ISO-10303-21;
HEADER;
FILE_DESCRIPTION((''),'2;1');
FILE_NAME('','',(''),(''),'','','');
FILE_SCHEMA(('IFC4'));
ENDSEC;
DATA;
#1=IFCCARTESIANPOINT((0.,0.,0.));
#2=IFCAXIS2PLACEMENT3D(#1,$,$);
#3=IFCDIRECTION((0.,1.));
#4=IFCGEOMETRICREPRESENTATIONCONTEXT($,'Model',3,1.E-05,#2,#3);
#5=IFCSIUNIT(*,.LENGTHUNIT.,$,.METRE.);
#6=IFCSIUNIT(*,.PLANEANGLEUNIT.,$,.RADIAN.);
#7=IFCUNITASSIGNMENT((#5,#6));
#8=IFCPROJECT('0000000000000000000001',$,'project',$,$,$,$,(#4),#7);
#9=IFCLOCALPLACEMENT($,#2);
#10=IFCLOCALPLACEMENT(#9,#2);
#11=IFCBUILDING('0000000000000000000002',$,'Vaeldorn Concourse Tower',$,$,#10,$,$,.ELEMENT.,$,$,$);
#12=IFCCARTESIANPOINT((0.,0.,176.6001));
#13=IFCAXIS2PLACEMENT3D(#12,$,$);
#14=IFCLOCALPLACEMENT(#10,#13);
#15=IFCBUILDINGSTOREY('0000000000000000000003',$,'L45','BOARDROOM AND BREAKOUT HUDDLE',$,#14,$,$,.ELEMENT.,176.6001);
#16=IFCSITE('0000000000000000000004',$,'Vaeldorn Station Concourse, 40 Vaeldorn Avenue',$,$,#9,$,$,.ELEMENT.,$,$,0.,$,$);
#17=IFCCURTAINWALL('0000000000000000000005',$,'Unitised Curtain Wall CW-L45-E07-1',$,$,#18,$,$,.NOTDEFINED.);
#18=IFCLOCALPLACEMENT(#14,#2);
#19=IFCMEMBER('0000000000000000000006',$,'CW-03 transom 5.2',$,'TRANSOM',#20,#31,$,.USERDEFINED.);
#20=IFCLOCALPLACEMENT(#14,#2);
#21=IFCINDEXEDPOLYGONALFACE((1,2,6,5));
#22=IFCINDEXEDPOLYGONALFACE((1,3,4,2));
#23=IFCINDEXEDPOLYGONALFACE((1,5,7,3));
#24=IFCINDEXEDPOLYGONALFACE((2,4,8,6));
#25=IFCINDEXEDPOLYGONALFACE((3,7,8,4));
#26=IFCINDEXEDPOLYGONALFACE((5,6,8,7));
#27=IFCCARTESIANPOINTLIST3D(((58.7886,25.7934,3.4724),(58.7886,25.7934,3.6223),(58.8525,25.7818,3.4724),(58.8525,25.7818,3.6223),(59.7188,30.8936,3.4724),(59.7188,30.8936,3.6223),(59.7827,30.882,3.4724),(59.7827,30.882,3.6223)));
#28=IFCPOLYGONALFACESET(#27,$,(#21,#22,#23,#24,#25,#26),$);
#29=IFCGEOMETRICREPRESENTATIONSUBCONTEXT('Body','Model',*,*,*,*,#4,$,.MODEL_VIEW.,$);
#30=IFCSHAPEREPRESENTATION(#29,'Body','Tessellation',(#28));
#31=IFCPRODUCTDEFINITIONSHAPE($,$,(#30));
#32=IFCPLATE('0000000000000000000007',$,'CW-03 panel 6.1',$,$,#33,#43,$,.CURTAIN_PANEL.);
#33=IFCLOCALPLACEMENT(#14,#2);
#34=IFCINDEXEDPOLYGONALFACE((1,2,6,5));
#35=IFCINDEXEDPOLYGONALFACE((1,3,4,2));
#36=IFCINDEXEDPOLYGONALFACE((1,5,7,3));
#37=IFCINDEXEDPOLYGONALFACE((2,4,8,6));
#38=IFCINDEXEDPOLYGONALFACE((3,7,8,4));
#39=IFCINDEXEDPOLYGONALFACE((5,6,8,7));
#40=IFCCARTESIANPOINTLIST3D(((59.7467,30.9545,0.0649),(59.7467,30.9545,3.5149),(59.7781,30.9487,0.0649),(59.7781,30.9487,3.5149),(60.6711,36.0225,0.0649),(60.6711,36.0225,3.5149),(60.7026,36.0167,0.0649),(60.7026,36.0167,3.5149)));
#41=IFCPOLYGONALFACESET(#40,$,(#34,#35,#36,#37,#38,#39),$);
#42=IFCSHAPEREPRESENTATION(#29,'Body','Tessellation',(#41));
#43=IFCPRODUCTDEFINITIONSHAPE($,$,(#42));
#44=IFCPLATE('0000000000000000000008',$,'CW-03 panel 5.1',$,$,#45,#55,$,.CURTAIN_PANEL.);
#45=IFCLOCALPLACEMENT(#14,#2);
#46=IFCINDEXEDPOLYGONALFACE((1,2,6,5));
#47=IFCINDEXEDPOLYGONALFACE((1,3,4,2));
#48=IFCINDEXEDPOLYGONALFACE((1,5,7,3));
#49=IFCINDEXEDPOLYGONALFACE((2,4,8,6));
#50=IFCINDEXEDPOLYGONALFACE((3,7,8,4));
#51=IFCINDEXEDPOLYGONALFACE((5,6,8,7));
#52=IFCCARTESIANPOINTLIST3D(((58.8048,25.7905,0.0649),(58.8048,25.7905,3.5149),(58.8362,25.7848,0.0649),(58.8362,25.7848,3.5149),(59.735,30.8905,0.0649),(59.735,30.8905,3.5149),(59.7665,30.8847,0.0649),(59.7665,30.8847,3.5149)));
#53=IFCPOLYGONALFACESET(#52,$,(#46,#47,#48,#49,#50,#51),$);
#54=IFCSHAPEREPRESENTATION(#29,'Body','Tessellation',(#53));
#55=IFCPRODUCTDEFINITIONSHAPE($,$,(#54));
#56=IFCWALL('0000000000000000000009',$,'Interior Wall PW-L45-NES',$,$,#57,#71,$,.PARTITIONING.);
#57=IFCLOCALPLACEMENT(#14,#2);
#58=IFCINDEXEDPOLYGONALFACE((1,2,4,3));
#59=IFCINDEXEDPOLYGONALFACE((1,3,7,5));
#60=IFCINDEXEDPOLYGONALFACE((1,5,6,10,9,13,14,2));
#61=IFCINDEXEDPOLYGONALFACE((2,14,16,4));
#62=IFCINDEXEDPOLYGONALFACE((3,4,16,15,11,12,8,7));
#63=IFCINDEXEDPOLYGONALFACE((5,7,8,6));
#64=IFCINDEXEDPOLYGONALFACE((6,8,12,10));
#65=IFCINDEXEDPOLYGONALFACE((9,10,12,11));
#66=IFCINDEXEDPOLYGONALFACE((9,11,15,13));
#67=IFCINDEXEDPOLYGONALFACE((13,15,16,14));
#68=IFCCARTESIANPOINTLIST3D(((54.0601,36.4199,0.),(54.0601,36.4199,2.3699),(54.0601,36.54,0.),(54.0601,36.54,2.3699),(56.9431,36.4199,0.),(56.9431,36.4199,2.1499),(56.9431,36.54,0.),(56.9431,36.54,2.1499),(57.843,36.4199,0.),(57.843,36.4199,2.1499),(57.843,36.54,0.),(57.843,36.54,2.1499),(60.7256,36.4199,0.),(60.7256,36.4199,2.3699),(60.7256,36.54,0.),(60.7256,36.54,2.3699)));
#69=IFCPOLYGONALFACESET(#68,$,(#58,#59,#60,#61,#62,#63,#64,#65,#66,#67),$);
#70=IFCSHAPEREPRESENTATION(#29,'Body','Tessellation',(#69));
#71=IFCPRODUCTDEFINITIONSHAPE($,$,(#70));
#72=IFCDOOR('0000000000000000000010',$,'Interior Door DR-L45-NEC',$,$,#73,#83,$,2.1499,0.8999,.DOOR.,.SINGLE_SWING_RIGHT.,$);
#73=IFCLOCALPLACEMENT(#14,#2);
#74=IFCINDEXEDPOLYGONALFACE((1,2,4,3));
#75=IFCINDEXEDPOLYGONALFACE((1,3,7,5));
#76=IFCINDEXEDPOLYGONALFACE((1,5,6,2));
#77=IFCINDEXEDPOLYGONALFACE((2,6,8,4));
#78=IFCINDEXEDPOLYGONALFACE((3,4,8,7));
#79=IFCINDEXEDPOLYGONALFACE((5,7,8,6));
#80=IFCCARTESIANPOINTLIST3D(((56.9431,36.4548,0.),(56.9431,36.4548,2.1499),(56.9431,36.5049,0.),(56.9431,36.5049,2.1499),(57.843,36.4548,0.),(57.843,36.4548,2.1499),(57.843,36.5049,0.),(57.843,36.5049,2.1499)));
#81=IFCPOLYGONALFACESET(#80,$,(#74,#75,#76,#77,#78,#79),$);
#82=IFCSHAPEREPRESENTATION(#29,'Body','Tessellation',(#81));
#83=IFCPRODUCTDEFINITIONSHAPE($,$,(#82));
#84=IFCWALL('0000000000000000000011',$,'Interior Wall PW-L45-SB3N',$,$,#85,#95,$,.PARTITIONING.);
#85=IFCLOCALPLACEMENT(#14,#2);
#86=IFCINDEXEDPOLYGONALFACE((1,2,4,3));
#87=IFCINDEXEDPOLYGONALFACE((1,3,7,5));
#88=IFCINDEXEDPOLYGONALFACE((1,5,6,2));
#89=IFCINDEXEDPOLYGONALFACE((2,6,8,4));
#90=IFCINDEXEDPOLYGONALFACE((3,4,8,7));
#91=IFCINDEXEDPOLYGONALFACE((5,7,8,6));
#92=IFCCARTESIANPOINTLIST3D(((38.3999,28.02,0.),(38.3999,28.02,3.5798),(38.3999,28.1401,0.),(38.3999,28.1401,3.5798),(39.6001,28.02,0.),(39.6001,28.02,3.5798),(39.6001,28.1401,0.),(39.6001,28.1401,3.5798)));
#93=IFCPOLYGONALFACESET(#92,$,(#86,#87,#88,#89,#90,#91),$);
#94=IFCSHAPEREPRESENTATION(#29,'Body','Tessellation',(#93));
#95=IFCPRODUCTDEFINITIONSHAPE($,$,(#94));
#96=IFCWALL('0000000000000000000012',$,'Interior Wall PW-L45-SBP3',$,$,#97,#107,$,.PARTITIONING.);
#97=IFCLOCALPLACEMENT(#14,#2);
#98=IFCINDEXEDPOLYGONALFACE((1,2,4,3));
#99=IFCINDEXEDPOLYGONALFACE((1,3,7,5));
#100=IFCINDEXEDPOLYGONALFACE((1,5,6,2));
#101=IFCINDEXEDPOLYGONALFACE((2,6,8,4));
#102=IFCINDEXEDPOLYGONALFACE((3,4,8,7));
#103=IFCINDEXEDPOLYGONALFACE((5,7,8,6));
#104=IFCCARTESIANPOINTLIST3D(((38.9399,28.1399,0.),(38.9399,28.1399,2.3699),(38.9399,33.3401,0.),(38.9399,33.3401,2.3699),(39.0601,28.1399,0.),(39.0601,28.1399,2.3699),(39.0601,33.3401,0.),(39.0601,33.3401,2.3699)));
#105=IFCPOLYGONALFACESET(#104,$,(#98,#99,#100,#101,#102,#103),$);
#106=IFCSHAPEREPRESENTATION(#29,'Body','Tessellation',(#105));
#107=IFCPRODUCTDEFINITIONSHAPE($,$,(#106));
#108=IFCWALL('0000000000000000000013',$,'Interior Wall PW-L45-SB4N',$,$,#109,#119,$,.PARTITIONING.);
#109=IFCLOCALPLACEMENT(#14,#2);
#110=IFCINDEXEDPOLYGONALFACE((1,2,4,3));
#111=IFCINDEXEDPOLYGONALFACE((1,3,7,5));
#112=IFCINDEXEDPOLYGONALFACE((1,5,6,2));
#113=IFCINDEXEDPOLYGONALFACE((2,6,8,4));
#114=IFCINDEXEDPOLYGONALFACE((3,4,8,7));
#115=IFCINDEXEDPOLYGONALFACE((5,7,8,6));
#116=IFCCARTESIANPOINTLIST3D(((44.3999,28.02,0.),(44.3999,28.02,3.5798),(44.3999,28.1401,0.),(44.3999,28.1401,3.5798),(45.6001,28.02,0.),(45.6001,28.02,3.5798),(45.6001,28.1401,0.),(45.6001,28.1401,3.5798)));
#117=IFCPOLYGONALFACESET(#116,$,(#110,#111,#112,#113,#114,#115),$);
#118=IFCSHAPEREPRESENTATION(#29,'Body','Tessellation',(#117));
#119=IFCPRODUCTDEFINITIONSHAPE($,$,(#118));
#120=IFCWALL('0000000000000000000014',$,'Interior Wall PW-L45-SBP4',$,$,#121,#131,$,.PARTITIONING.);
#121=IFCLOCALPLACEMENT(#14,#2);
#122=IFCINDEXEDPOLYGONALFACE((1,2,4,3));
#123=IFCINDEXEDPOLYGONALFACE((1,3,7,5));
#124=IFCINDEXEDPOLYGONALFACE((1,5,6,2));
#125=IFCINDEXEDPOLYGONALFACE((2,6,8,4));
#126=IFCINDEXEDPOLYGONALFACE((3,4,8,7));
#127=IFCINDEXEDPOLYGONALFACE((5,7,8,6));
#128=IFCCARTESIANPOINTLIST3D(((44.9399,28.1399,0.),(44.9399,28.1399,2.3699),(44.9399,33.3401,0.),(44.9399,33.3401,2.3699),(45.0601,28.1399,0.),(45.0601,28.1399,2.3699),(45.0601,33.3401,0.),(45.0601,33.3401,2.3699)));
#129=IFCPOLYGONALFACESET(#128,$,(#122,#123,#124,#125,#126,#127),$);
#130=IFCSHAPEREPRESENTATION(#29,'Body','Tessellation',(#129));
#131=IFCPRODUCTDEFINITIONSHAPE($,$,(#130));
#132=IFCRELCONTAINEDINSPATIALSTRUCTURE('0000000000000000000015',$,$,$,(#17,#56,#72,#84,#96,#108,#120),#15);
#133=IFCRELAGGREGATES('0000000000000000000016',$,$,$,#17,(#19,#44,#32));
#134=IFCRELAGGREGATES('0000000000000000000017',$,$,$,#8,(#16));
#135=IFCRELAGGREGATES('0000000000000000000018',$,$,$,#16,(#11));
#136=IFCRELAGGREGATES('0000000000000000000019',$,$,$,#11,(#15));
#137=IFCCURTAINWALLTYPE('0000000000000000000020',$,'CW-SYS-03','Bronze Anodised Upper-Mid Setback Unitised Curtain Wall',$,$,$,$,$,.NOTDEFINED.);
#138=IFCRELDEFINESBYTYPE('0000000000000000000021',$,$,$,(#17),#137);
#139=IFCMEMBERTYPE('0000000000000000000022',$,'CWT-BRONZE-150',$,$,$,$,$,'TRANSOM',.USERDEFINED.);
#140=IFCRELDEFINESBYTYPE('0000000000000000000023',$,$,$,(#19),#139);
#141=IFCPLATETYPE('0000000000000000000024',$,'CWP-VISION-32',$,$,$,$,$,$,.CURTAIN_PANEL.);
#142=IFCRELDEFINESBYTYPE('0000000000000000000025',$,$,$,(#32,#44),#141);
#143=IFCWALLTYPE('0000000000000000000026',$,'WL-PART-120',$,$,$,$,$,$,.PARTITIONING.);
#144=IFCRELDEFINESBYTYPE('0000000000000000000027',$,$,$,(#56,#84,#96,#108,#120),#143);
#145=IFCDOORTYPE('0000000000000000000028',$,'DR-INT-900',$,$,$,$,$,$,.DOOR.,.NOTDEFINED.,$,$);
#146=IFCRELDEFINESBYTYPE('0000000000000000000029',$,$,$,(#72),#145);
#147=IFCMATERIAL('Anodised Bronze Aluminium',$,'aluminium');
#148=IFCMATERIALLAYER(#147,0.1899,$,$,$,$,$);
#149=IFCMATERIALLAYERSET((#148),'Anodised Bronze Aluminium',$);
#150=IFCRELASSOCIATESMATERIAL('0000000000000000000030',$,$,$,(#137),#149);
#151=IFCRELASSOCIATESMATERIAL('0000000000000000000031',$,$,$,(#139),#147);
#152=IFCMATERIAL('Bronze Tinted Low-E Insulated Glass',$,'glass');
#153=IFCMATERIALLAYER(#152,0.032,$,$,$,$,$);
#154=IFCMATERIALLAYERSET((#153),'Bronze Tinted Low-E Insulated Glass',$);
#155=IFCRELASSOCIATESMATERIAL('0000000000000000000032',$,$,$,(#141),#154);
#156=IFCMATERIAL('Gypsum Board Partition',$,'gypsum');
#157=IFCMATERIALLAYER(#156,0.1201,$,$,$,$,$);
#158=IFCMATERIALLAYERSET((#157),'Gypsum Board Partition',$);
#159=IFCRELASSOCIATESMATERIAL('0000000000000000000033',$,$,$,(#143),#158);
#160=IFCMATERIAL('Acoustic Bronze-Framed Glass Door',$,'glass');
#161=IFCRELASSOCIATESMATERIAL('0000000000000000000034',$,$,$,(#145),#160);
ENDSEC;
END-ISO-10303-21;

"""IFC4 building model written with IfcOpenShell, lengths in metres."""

from ifc_helpers import new_model, si_unit, direction, frame, frame_2d, origin, origin_2d, place, context, subcontext, project, spatial, rectangle, extrude, source, transform, mapped, material, layer, layer_set, material_profile, profile_set, type_object, element, fill, aggregate, save


model = new_model("IFC4")

# Units and contexts
model_context = context("Model", 3, precision=1e-05, world=origin(), true_north=direction((0.0, 1.0)))
body_context = subcontext(model_context, "Body", "Model", "MODEL_VIEW")
ifc_project = project(units=[si_unit("LENGTHUNIT", "METRE"), si_unit("PLANEANGLEUNIT", "RADIAN")], contexts=[model_context])

# Site, building, storey
site_placement = place(None, origin())
site = spatial("IfcSite", under=ifc_project, at=site_placement, Name="Vaeldorn Station Concourse, 40 Vaeldorn Avenue", CompositionType="ELEMENT", RefElevation=0.0)
building_placement = place(site_placement, origin())
building = spatial("IfcBuilding", under=site, at=building_placement, Name="Vaeldorn Concourse Tower", CompositionType="ELEMENT")
storey_placement = place(building_placement, frame((0.0, 0.0, 176.6001)))
storey = spatial("IfcBuildingStorey", under=building, at=storey_placement, Name="L45", Description="BOARDROOM AND BREAKOUT HUDDLE", CompositionType="ELEMENT", Elevation=176.6001)

# Curtain wall, member, plates
ifc_material_1 = material(Name="Anodised Bronze Aluminium", Category="aluminium")
ifc_layer_1 = layer(ifc_material_1, 0.1899)
ifc_layer_set_1 = layer_set([ifc_layer_1], Name="Anodised Bronze Aluminium")
curtain_wall_type = type_object("IfcCurtainWallType", Name="CW-SYS-03", Description="Bronze Anodised Upper-Mid Setback Unitised Curtain Wall", PredefinedType="NOTDEFINED", material=ifc_layer_set_1)
curtain_wall_placement = place(storey_placement, origin())
curtain_wall = element("IfcCurtainWall", 1, at=curtain_wall_placement, inside=storey, type_object=curtain_wall_type, Name="Unitised Curtain Wall CW-L45-E07-1", PredefinedType="NOTDEFINED")
ifc_material_profile_1 = material_profile(ifc_material_1, rectangle(XDim=0.0649, YDim=0.1499, at=origin_2d()), Name="CWT 65x150")
ifc_profile_set_1 = profile_set([ifc_material_profile_1], Name="Anodised Bronze Aluminium")
member_type_1 = type_object("IfcMemberType", Name="CWT-BRONZE-150", ElementType="TRANSOM", PredefinedType="USERDEFINED", material=ifc_profile_set_1)
shared_shape_1 = source(origin(), body_context, "Body", "SweptSolid", [
    extrude(rectangle(XDim=0.0649, YDim=0.1499, at=origin_2d()), origin(), (0.0, 0.0, 1.0), 5.1843),
])
member_1_placement = place(storey_placement, frame((58.8206, 25.7876, 3.5474), z_axis=(0.179424, 0.983772, 0.0), x_axis=(-0.983772, 0.179424, 0.0)))
member_1 = element("IfcMember", 2, at=member_1_placement, type_object=member_type_1, Name="CW-03 transom 5.2", ObjectType="TRANSOM", PredefinedType="USERDEFINED", context=body_context, shape_type="MappedRepresentation", body=[
    mapped(shared_shape_1, transform((0.0, 0.0, 0.0), scale=1.0)),
])
ifc_material_2 = material(Name="Bronze Tinted Low-E Insulated Glass", Category="glass")
ifc_layer_2 = layer(ifc_material_2, 0.032)
ifc_layer_set_2 = layer_set([ifc_layer_2], Name="Bronze Tinted Low-E Insulated Glass")
plate_type = type_object("IfcPlateType", Name="CWP-VISION-32", PredefinedType="CURTAIN_PANEL", material=ifc_layer_set_2)
shared_shape_2 = source(origin(), body_context, "Body", "SweptSolid", [
    extrude(rectangle(XDim=5.1516, YDim=0.032, at=origin_2d()), origin(), (0.0, 0.0, 1.0), 3.45),
])
plate_1_placement = place(storey_placement, frame((60.2246, 33.4856, 0.0649), z_axis=(0.0, 0.0, 1.0), x_axis=(0.179446, 0.983768, 0.0)))
plate_1 = element("IfcPlate", 3, at=plate_1_placement, type_object=plate_type, Name="CW-03 panel 6.1", PredefinedType="CURTAIN_PANEL", context=body_context, shape_type="MappedRepresentation", body=[
    mapped(shared_shape_2, transform((0.0, 0.0, 0.0), scale=1.0)),
])
shared_shape_3 = source(origin(), body_context, "Body", "SweptSolid", [
    extrude(rectangle(XDim=5.1841, YDim=0.032, at=origin_2d()), origin(), (0.0, 0.0, 1.0), 3.45),
])
plate_2_placement = place(storey_placement, frame((59.2856, 28.3376, 0.0649), z_axis=(0.0, 0.0, 1.0), x_axis=(0.179446, 0.983768, 0.0)))
plate_2 = element("IfcPlate", 4, at=plate_2_placement, type_object=plate_type, Name="CW-03 panel 5.1", PredefinedType="CURTAIN_PANEL", context=body_context, shape_type="MappedRepresentation", body=[
    mapped(shared_shape_3, transform((0.0, 0.0, 0.0), scale=1.0)),
])
aggregate(curtain_wall, [member_1, plate_2, plate_1])

# Wall, opening, door
ifc_material_3 = material(Name="Gypsum Board Partition", Category="gypsum")
ifc_layer_3 = layer(ifc_material_3, 0.1201)
ifc_layer_set_3 = layer_set([ifc_layer_3], Name="Gypsum Board Partition")
wall_type = type_object("IfcWallType", Name="WL-PART-120", PredefinedType="PARTITIONING", material=ifc_layer_set_3)
wall_1_placement = place(storey_placement, frame((54.0601, 36.48, 0.0), z_axis=(0.0, 0.0, 1.0), x_axis=(1.0, 0.0, 0.0)))
wall_1 = element("IfcWall", 5, at=wall_1_placement, inside=storey, type_object=wall_type, Name="Interior Wall PW-L45-NES", PredefinedType="PARTITIONING", context=body_context, shape_type="SweptSolid", body=[
    extrude(rectangle(XDim=6.6655, YDim=0.1201, at=frame_2d((3.3328, 0.0))), origin(), (0.0, 0.0, 1.0), 2.3699),
])
opening_placement = place(wall_1_placement, frame((2.8831, 0.0, 0.0)))
opening = element("IfcOpeningElement", 6, at=opening_placement, cuts=wall_1, PredefinedType="OPENING", context=body_context, shape_type="SweptSolid", body=[
    extrude(rectangle(XDim=0.8999, YDim=2.1499, at=frame_2d((0.45, 1.075))), frame((0.0, 0.0701, 0.0), z_axis=(0.0, -1.0, 0.0), x_axis=(1.0, 0.0, 0.0)), (0.0, 0.0, 1.0), 0.1401),
])
ifc_material_4 = material(Name="Acoustic Bronze-Framed Glass Door", Category="glass")
door_type = type_object("IfcDoorType", Name="DR-INT-900", OperationType="NOTDEFINED", PredefinedType="DOOR", material=ifc_material_4)
shared_shape_4 = source(origin(), body_context, "Body", "SweptSolid", [
    extrude(rectangle(XDim=0.8999, YDim=2.1499, at=frame_2d((0.45, 1.075))), frame((0.0, 0.0249, 0.0), z_axis=(0.0, -1.0, 0.0), x_axis=(1.0, 0.0, 0.0)), (0.0, 0.0, 1.0), 0.05),
])
door_placement = place(opening_placement, origin())
door = element("IfcDoor", 7, at=door_placement, inside=storey, type_object=door_type, Name="Interior Door DR-L45-NEC", OperationType="SINGLE_SWING_RIGHT", OverallHeight=2.1499, OverallWidth=0.8999, PredefinedType="DOOR", context=body_context, shape_type="MappedRepresentation", body=[
    mapped(shared_shape_4, transform((0.0, 0.0, 0.0), scale=1.0)),
])
fill(opening, door)

# Walls
wall_2_placement = place(storey_placement, frame((38.3999, 28.0801, 0.0), z_axis=(0.0, 0.0, 1.0), x_axis=(1.0, 0.0, 0.0)))
element("IfcWall", 8, at=wall_2_placement, inside=storey, type_object=wall_type, Name="Interior Wall PW-L45-SB3N", PredefinedType="PARTITIONING", context=body_context, shape_type="SweptSolid", body=[
    extrude(rectangle(XDim=1.2002, YDim=0.1201, at=frame_2d((0.6001, 0.0))), origin(), (0.0, 0.0, 1.0), 3.5798),
])
wall_3_placement = place(storey_placement, frame((39.0, 28.1399, 0.0), z_axis=(0.0, 0.0, 1.0), x_axis=(0.0, 1.0, 0.0)))
element("IfcWall", 9, at=wall_3_placement, inside=storey, type_object=wall_type, Name="Interior Wall PW-L45-SBP3", PredefinedType="PARTITIONING", context=body_context, shape_type="SweptSolid", body=[
    extrude(rectangle(XDim=5.2002, YDim=0.1201, at=frame_2d((2.6001, 0.0))), origin(), (0.0, 0.0, 1.0), 2.3699),
])
wall_4_placement = place(storey_placement, frame((44.3999, 28.0801, 0.0), z_axis=(0.0, 0.0, 1.0), x_axis=(1.0, 0.0, 0.0)))
element("IfcWall", 10, at=wall_4_placement, inside=storey, type_object=wall_type, Name="Interior Wall PW-L45-SB4N", PredefinedType="PARTITIONING", context=body_context, shape_type="SweptSolid", body=[
    extrude(rectangle(XDim=1.2002, YDim=0.1201, at=frame_2d((0.6001, 0.0))), origin(), (0.0, 0.0, 1.0), 3.5798),
])
wall_5_placement = place(storey_placement, frame((45.0, 28.1399, 0.0), z_axis=(0.0, 0.0, 1.0), x_axis=(0.0, 1.0, 0.0)))
element("IfcWall", 11, at=wall_5_placement, inside=storey, type_object=wall_type, Name="Interior Wall PW-L45-SBP4", PredefinedType="PARTITIONING", context=body_context, shape_type="SweptSolid", body=[
    extrude(rectangle(XDim=5.2002, YDim=0.1201, at=frame_2d((2.6001, 0.0))), origin(), (0.0, 0.0, 1.0), 2.3699),
])

save(model, "model.ifc")
